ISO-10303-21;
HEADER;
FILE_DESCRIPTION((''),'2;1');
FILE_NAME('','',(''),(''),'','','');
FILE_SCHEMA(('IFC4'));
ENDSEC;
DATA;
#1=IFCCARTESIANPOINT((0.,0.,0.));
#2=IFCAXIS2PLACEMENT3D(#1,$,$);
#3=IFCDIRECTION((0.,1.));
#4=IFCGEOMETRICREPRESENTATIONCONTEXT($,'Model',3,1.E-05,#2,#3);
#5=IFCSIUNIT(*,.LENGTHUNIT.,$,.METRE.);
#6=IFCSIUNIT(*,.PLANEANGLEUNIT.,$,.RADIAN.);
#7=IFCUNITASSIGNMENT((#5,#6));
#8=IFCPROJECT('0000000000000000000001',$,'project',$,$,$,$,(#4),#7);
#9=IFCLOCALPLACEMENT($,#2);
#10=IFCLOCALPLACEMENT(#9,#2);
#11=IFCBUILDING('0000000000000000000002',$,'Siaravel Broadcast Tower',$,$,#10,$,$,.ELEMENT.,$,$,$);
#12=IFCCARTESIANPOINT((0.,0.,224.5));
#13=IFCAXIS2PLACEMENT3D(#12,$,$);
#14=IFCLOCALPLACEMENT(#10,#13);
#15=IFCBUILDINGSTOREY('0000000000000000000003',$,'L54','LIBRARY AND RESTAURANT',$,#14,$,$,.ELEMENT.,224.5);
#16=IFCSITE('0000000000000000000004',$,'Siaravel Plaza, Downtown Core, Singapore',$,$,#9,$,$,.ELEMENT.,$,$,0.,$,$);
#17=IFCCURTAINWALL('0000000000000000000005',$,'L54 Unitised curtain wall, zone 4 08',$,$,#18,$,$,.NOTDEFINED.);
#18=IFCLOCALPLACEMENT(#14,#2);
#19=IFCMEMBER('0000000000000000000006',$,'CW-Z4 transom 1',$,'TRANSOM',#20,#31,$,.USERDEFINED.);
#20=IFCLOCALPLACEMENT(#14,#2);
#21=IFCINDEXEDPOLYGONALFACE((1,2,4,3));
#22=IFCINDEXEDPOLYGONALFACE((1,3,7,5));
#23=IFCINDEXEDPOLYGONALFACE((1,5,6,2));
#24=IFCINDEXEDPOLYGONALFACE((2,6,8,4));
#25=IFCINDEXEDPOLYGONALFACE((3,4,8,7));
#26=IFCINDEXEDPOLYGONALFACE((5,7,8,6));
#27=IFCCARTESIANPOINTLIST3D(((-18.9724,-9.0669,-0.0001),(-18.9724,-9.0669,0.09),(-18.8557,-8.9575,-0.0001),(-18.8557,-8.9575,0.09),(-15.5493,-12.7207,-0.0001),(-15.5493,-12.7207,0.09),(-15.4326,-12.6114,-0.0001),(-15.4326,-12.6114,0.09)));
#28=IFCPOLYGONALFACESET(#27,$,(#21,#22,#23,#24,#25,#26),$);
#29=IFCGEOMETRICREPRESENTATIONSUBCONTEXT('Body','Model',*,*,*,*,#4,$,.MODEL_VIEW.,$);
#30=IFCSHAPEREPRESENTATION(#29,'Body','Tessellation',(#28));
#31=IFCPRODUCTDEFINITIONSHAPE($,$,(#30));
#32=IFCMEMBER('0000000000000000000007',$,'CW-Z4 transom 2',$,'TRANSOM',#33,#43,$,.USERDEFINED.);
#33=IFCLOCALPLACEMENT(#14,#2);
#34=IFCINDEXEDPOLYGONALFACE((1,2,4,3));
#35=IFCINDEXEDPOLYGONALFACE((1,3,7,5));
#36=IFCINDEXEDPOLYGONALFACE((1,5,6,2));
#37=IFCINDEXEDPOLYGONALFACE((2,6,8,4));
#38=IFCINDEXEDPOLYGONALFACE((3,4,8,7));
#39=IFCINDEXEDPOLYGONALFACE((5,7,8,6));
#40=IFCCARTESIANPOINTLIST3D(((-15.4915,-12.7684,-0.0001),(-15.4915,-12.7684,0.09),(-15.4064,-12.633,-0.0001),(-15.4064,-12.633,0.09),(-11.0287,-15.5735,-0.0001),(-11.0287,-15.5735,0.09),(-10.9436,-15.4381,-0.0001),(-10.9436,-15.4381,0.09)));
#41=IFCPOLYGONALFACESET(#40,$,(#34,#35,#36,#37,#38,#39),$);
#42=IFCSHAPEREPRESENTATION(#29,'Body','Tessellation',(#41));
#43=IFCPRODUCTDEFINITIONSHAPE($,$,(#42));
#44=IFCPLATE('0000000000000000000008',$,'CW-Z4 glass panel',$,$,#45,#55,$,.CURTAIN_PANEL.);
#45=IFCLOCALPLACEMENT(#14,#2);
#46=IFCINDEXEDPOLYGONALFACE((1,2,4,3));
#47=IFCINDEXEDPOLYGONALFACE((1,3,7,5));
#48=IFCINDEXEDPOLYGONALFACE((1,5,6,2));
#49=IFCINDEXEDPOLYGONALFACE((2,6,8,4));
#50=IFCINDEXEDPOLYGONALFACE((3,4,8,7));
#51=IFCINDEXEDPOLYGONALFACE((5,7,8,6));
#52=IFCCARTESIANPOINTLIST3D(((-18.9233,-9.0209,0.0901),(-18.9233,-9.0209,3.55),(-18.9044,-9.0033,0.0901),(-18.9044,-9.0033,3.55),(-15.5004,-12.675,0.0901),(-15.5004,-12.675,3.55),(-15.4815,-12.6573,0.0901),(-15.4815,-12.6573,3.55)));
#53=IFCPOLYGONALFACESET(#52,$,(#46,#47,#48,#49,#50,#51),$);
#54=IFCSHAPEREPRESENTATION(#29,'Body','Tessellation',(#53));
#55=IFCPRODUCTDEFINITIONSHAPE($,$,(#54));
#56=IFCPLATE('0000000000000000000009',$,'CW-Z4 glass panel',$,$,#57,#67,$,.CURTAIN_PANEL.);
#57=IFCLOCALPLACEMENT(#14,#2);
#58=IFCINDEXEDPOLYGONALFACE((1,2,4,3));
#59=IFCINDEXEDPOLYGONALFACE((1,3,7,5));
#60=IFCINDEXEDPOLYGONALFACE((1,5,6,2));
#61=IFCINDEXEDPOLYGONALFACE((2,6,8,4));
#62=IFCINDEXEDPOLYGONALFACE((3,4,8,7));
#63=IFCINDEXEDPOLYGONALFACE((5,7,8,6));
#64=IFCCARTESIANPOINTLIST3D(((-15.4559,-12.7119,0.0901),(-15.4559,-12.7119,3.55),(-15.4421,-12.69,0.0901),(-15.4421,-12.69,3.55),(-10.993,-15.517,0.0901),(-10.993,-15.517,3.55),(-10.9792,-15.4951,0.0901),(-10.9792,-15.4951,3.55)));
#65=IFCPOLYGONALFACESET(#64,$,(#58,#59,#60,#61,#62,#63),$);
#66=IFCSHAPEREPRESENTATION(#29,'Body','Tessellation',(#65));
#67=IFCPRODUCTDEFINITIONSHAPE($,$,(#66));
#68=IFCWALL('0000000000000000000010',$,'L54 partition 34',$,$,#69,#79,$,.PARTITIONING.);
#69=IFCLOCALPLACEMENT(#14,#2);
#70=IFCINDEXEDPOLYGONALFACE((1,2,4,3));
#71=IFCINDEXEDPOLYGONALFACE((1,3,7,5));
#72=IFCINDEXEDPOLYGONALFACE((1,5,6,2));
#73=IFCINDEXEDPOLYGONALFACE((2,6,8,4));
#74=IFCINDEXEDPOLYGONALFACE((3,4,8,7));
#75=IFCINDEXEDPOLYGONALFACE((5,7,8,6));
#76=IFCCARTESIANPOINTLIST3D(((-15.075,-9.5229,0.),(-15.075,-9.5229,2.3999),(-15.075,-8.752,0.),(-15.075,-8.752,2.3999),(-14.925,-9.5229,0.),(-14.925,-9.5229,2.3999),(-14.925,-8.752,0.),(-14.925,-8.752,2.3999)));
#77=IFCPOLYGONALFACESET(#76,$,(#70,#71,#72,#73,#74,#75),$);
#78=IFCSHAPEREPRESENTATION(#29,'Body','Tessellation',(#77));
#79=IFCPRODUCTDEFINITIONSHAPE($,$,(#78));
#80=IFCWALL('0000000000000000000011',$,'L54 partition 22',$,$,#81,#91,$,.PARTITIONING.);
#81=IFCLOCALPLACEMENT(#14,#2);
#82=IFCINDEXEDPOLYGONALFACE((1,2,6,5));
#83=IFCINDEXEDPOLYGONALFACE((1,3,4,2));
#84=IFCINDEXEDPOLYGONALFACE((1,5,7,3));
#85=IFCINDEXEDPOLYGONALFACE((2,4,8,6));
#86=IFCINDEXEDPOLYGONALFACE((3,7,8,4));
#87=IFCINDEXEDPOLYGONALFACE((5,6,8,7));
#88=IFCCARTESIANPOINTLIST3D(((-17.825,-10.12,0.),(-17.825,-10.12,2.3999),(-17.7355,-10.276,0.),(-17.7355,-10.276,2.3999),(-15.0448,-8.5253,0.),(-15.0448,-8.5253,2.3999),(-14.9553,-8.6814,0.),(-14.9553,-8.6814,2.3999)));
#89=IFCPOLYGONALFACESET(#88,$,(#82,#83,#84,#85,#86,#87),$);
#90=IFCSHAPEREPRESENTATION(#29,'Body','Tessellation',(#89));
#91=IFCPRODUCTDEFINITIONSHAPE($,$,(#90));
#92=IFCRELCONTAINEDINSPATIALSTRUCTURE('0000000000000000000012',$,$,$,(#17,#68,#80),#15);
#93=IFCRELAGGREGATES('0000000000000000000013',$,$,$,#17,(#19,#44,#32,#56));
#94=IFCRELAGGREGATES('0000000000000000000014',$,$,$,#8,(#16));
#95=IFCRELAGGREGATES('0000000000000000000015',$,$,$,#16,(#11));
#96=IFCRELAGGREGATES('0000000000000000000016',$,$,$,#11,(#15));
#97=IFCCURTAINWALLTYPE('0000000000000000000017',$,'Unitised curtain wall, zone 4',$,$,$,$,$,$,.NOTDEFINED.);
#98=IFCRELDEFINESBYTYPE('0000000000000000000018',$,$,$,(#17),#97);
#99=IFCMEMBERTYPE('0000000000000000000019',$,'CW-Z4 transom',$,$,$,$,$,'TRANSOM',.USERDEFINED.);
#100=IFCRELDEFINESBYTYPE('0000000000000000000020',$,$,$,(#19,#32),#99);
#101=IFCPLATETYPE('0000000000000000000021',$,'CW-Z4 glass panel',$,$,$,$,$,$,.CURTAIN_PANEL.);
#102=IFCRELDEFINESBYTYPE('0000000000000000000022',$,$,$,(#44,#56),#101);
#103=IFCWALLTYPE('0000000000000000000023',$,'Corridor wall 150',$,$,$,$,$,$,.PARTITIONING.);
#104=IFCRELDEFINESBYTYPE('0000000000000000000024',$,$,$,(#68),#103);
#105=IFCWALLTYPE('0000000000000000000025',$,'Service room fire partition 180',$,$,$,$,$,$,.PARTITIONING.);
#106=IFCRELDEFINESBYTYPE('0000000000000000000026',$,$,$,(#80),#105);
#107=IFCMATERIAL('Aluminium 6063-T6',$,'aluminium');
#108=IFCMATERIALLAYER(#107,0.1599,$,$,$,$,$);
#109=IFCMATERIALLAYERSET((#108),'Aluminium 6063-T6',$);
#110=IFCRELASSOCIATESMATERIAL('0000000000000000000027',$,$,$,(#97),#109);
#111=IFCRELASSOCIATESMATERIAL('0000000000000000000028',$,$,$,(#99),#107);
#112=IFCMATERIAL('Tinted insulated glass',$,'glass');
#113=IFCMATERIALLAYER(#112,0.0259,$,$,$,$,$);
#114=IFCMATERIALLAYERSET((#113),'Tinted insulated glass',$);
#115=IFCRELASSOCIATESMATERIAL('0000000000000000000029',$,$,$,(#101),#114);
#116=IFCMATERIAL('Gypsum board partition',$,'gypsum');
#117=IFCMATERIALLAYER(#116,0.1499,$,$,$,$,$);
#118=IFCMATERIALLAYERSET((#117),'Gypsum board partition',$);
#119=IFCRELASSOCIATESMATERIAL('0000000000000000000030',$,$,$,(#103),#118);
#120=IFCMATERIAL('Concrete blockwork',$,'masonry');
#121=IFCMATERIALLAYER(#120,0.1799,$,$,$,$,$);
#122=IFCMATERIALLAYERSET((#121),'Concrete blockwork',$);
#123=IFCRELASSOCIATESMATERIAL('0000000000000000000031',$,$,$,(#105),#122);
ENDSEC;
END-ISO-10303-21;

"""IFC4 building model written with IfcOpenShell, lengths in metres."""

from ifc_helpers import new_model, si_unit, direction, frame, frame_2d, origin, origin_2d, place, context, subcontext, project, spatial, rectangle, extrude, material, layer, layer_set, material_profile, profile_set, type_object, element, aggregate, save


model = new_model("IFC4")

# Units and contexts
model_context = context("Model", 3, precision=1e-05, world=origin(), true_north=direction((0.0, 1.0)))
body_context = subcontext(model_context, "Body", "Model", "MODEL_VIEW")
ifc_project = project(units=[si_unit("LENGTHUNIT", "METRE"), si_unit("PLANEANGLEUNIT", "RADIAN")], contexts=[model_context])

# Site, building, storey
site_placement = place(None, origin())
site = spatial("IfcSite", under=ifc_project, at=site_placement, Name="Siaravel Plaza, Downtown Core, Singapore", CompositionType="ELEMENT", RefElevation=0.0)
building_placement = place(site_placement, origin())
building = spatial("IfcBuilding", under=site, at=building_placement, Name="Siaravel Broadcast Tower", CompositionType="ELEMENT")
storey_placement = place(building_placement, frame((0.0, 0.0, 224.5)))
storey = spatial("IfcBuildingStorey", under=building, at=storey_placement, Name="L54", Description="LIBRARY AND RESTAURANT", CompositionType="ELEMENT", Elevation=224.5)

# Shared definitions
ifc_material_1 = material(Name="Aluminium 6063-T6", Category="aluminium")
ifc_layer_1 = layer(ifc_material_1, 0.1599)
ifc_layer_set_1 = layer_set([ifc_layer_1], Name="Aluminium 6063-T6")
curtain_wall_type = type_object("IfcCurtainWallType", Name="Unitised curtain wall, zone 4", PredefinedType="NOTDEFINED", material=ifc_layer_set_1)

# Curtain wall, members, plates
curtain_wall_1_placement = place(storey_placement, origin())
curtain_wall_1 = element("IfcCurtainWall", 1, at=curtain_wall_1_placement, inside=storey, type_object=curtain_wall_type, Name="L54 Unitised curtain wall, zone 4 08", PredefinedType="NOTDEFINED")
ifc_material_profile_1 = material_profile(ifc_material_1, rectangle(XDim=0.1599, YDim=0.0901, at=origin_2d()))
ifc_profile_set_1 = profile_set([ifc_material_profile_1], Name="Aluminium 6063-T6")
member_type_1 = type_object("IfcMemberType", Name="CW-Z4 transom", ElementType="TRANSOM", PredefinedType="USERDEFINED", material=ifc_profile_set_1)
member_1_placement = place(storey_placement, frame((-18.9141, -9.0122, 0.0449), z_axis=(0.683691, -0.729771, 0.0), x_axis=(0.729771, 0.683691, 0.0)))
member_1 = element("IfcMember", 2, at=member_1_placement, type_object=member_type_1, Name="CW-Z4 transom 1", ObjectType="TRANSOM", PredefinedType="USERDEFINED", context=body_context, shape_type="SweptSolid", body=[
    extrude(rectangle(XDim=0.1599, YDim=0.0901, at=origin_2d()), origin(), (0.0, 0.0, 1.0), 5.0068),
])
member_2_placement = place(storey_placement, frame((-15.449, -12.7007, 0.0449), z_axis=(0.846643, -0.532162, 0.0), x_axis=(0.532162, 0.846643, 0.0)))
member_2 = element("IfcMember", 3, at=member_2_placement, type_object=member_type_1, Name="CW-Z4 transom 2", ObjectType="TRANSOM", PredefinedType="USERDEFINED", context=body_context, shape_type="SweptSolid", body=[
    extrude(rectangle(XDim=0.1599, YDim=0.0901, at=origin_2d()), origin(), (0.0, 0.0, 1.0), 5.2712),
])
ifc_material_2 = material(Name="Tinted insulated glass", Category="glass")
ifc_layer_2 = layer(ifc_material_2, 0.0259)
ifc_layer_set_2 = layer_set([ifc_layer_2], Name="Tinted insulated glass")
plate_type = type_object("IfcPlateType", Name="CW-Z4 glass panel", PredefinedType="CURTAIN_PANEL", material=ifc_layer_set_2)
plate_1_placement = place(storey_placement, frame((-17.2024, -10.8391, 0.0901), z_axis=(0.0, 0.0, 1.0), x_axis=(0.683654, -0.729806, 0.0)))
plate_1 = element("IfcPlate", 4, at=plate_1_placement, type_object=plate_type, Name="CW-Z4 glass panel", PredefinedType="CURTAIN_PANEL", context=body_context, shape_type="SweptSolid", body=[
    extrude(rectangle(XDim=5.0068, YDim=0.0259, at=origin_2d()), origin(), (0.0, 0.0, 1.0), 3.46),
])
plate_2_placement = place(storey_placement, frame((-13.2175, -14.1035, 0.0901), z_axis=(0.0, 0.0, 1.0), x_axis=(0.84665, -0.53215, 0.0)))
plate_2 = element("IfcPlate", 5, at=plate_2_placement, type_object=plate_type, Name="CW-Z4 glass panel", PredefinedType="CURTAIN_PANEL", context=body_context, shape_type="SweptSolid", body=[
    extrude(rectangle(XDim=5.2712, YDim=0.0259, at=origin_2d()), origin(), (0.0, 0.0, 1.0), 3.46),
])
aggregate(curtain_wall_1, [member_1, plate_1, member_2, plate_2])

# Shared definitions
ifc_material_3 = material(Name="Gypsum board partition", Category="gypsum")
ifc_layer_3 = layer(ifc_material_3, 0.1499)
ifc_layer_set_3 = layer_set([ifc_layer_3], Name="Gypsum board partition")
wall_type_1 = type_object("IfcWallType", Name="Corridor wall 150", PredefinedType="PARTITIONING", material=ifc_layer_set_3)

# Walls
wall_1_placement = place(storey_placement, frame((-15.0, -8.752, 0.0), z_axis=(0.0, 0.0, 1.0), x_axis=(0.0, -1.0, 0.0)))
element("IfcWall", 6, at=wall_1_placement, inside=storey, type_object=wall_type_1, Name="L54 partition 34", PredefinedType="PARTITIONING", context=body_context, shape_type="SweptSolid", body=[
    extrude(rectangle(XDim=0.771, YDim=0.1499, at=frame_2d((0.3855, 0.0))), origin(), (0.0, 0.0, 1.0), 2.3999),
])
ifc_material_4 = material(Name="Concrete blockwork", Category="masonry")
ifc_layer_4 = layer(ifc_material_4, 0.1799)
ifc_layer_set_4 = layer_set([ifc_layer_4], Name="Concrete blockwork")
wall_type_2 = type_object("IfcWallType", Name="Service room fire partition 180", PredefinedType="PARTITIONING", material=ifc_layer_set_4)
wall_2_placement = place(storey_placement, frame((-17.7803, -10.198, 0.0), z_axis=(0.0, 0.0, 1.0), x_axis=(0.867436, 0.497549, 0.0)))
element("IfcWall", 7, at=wall_2_placement, inside=storey, type_object=wall_type_2, Name="L54 partition 22", PredefinedType="PARTITIONING", context=body_context, shape_type="SweptSolid", body=[
    extrude(rectangle(XDim=3.2051, YDim=0.1799, at=frame_2d((1.6025, 0.0))), origin(), (0.0, 0.0, 1.0), 2.3999),
])

save(model, "model.ifc")
